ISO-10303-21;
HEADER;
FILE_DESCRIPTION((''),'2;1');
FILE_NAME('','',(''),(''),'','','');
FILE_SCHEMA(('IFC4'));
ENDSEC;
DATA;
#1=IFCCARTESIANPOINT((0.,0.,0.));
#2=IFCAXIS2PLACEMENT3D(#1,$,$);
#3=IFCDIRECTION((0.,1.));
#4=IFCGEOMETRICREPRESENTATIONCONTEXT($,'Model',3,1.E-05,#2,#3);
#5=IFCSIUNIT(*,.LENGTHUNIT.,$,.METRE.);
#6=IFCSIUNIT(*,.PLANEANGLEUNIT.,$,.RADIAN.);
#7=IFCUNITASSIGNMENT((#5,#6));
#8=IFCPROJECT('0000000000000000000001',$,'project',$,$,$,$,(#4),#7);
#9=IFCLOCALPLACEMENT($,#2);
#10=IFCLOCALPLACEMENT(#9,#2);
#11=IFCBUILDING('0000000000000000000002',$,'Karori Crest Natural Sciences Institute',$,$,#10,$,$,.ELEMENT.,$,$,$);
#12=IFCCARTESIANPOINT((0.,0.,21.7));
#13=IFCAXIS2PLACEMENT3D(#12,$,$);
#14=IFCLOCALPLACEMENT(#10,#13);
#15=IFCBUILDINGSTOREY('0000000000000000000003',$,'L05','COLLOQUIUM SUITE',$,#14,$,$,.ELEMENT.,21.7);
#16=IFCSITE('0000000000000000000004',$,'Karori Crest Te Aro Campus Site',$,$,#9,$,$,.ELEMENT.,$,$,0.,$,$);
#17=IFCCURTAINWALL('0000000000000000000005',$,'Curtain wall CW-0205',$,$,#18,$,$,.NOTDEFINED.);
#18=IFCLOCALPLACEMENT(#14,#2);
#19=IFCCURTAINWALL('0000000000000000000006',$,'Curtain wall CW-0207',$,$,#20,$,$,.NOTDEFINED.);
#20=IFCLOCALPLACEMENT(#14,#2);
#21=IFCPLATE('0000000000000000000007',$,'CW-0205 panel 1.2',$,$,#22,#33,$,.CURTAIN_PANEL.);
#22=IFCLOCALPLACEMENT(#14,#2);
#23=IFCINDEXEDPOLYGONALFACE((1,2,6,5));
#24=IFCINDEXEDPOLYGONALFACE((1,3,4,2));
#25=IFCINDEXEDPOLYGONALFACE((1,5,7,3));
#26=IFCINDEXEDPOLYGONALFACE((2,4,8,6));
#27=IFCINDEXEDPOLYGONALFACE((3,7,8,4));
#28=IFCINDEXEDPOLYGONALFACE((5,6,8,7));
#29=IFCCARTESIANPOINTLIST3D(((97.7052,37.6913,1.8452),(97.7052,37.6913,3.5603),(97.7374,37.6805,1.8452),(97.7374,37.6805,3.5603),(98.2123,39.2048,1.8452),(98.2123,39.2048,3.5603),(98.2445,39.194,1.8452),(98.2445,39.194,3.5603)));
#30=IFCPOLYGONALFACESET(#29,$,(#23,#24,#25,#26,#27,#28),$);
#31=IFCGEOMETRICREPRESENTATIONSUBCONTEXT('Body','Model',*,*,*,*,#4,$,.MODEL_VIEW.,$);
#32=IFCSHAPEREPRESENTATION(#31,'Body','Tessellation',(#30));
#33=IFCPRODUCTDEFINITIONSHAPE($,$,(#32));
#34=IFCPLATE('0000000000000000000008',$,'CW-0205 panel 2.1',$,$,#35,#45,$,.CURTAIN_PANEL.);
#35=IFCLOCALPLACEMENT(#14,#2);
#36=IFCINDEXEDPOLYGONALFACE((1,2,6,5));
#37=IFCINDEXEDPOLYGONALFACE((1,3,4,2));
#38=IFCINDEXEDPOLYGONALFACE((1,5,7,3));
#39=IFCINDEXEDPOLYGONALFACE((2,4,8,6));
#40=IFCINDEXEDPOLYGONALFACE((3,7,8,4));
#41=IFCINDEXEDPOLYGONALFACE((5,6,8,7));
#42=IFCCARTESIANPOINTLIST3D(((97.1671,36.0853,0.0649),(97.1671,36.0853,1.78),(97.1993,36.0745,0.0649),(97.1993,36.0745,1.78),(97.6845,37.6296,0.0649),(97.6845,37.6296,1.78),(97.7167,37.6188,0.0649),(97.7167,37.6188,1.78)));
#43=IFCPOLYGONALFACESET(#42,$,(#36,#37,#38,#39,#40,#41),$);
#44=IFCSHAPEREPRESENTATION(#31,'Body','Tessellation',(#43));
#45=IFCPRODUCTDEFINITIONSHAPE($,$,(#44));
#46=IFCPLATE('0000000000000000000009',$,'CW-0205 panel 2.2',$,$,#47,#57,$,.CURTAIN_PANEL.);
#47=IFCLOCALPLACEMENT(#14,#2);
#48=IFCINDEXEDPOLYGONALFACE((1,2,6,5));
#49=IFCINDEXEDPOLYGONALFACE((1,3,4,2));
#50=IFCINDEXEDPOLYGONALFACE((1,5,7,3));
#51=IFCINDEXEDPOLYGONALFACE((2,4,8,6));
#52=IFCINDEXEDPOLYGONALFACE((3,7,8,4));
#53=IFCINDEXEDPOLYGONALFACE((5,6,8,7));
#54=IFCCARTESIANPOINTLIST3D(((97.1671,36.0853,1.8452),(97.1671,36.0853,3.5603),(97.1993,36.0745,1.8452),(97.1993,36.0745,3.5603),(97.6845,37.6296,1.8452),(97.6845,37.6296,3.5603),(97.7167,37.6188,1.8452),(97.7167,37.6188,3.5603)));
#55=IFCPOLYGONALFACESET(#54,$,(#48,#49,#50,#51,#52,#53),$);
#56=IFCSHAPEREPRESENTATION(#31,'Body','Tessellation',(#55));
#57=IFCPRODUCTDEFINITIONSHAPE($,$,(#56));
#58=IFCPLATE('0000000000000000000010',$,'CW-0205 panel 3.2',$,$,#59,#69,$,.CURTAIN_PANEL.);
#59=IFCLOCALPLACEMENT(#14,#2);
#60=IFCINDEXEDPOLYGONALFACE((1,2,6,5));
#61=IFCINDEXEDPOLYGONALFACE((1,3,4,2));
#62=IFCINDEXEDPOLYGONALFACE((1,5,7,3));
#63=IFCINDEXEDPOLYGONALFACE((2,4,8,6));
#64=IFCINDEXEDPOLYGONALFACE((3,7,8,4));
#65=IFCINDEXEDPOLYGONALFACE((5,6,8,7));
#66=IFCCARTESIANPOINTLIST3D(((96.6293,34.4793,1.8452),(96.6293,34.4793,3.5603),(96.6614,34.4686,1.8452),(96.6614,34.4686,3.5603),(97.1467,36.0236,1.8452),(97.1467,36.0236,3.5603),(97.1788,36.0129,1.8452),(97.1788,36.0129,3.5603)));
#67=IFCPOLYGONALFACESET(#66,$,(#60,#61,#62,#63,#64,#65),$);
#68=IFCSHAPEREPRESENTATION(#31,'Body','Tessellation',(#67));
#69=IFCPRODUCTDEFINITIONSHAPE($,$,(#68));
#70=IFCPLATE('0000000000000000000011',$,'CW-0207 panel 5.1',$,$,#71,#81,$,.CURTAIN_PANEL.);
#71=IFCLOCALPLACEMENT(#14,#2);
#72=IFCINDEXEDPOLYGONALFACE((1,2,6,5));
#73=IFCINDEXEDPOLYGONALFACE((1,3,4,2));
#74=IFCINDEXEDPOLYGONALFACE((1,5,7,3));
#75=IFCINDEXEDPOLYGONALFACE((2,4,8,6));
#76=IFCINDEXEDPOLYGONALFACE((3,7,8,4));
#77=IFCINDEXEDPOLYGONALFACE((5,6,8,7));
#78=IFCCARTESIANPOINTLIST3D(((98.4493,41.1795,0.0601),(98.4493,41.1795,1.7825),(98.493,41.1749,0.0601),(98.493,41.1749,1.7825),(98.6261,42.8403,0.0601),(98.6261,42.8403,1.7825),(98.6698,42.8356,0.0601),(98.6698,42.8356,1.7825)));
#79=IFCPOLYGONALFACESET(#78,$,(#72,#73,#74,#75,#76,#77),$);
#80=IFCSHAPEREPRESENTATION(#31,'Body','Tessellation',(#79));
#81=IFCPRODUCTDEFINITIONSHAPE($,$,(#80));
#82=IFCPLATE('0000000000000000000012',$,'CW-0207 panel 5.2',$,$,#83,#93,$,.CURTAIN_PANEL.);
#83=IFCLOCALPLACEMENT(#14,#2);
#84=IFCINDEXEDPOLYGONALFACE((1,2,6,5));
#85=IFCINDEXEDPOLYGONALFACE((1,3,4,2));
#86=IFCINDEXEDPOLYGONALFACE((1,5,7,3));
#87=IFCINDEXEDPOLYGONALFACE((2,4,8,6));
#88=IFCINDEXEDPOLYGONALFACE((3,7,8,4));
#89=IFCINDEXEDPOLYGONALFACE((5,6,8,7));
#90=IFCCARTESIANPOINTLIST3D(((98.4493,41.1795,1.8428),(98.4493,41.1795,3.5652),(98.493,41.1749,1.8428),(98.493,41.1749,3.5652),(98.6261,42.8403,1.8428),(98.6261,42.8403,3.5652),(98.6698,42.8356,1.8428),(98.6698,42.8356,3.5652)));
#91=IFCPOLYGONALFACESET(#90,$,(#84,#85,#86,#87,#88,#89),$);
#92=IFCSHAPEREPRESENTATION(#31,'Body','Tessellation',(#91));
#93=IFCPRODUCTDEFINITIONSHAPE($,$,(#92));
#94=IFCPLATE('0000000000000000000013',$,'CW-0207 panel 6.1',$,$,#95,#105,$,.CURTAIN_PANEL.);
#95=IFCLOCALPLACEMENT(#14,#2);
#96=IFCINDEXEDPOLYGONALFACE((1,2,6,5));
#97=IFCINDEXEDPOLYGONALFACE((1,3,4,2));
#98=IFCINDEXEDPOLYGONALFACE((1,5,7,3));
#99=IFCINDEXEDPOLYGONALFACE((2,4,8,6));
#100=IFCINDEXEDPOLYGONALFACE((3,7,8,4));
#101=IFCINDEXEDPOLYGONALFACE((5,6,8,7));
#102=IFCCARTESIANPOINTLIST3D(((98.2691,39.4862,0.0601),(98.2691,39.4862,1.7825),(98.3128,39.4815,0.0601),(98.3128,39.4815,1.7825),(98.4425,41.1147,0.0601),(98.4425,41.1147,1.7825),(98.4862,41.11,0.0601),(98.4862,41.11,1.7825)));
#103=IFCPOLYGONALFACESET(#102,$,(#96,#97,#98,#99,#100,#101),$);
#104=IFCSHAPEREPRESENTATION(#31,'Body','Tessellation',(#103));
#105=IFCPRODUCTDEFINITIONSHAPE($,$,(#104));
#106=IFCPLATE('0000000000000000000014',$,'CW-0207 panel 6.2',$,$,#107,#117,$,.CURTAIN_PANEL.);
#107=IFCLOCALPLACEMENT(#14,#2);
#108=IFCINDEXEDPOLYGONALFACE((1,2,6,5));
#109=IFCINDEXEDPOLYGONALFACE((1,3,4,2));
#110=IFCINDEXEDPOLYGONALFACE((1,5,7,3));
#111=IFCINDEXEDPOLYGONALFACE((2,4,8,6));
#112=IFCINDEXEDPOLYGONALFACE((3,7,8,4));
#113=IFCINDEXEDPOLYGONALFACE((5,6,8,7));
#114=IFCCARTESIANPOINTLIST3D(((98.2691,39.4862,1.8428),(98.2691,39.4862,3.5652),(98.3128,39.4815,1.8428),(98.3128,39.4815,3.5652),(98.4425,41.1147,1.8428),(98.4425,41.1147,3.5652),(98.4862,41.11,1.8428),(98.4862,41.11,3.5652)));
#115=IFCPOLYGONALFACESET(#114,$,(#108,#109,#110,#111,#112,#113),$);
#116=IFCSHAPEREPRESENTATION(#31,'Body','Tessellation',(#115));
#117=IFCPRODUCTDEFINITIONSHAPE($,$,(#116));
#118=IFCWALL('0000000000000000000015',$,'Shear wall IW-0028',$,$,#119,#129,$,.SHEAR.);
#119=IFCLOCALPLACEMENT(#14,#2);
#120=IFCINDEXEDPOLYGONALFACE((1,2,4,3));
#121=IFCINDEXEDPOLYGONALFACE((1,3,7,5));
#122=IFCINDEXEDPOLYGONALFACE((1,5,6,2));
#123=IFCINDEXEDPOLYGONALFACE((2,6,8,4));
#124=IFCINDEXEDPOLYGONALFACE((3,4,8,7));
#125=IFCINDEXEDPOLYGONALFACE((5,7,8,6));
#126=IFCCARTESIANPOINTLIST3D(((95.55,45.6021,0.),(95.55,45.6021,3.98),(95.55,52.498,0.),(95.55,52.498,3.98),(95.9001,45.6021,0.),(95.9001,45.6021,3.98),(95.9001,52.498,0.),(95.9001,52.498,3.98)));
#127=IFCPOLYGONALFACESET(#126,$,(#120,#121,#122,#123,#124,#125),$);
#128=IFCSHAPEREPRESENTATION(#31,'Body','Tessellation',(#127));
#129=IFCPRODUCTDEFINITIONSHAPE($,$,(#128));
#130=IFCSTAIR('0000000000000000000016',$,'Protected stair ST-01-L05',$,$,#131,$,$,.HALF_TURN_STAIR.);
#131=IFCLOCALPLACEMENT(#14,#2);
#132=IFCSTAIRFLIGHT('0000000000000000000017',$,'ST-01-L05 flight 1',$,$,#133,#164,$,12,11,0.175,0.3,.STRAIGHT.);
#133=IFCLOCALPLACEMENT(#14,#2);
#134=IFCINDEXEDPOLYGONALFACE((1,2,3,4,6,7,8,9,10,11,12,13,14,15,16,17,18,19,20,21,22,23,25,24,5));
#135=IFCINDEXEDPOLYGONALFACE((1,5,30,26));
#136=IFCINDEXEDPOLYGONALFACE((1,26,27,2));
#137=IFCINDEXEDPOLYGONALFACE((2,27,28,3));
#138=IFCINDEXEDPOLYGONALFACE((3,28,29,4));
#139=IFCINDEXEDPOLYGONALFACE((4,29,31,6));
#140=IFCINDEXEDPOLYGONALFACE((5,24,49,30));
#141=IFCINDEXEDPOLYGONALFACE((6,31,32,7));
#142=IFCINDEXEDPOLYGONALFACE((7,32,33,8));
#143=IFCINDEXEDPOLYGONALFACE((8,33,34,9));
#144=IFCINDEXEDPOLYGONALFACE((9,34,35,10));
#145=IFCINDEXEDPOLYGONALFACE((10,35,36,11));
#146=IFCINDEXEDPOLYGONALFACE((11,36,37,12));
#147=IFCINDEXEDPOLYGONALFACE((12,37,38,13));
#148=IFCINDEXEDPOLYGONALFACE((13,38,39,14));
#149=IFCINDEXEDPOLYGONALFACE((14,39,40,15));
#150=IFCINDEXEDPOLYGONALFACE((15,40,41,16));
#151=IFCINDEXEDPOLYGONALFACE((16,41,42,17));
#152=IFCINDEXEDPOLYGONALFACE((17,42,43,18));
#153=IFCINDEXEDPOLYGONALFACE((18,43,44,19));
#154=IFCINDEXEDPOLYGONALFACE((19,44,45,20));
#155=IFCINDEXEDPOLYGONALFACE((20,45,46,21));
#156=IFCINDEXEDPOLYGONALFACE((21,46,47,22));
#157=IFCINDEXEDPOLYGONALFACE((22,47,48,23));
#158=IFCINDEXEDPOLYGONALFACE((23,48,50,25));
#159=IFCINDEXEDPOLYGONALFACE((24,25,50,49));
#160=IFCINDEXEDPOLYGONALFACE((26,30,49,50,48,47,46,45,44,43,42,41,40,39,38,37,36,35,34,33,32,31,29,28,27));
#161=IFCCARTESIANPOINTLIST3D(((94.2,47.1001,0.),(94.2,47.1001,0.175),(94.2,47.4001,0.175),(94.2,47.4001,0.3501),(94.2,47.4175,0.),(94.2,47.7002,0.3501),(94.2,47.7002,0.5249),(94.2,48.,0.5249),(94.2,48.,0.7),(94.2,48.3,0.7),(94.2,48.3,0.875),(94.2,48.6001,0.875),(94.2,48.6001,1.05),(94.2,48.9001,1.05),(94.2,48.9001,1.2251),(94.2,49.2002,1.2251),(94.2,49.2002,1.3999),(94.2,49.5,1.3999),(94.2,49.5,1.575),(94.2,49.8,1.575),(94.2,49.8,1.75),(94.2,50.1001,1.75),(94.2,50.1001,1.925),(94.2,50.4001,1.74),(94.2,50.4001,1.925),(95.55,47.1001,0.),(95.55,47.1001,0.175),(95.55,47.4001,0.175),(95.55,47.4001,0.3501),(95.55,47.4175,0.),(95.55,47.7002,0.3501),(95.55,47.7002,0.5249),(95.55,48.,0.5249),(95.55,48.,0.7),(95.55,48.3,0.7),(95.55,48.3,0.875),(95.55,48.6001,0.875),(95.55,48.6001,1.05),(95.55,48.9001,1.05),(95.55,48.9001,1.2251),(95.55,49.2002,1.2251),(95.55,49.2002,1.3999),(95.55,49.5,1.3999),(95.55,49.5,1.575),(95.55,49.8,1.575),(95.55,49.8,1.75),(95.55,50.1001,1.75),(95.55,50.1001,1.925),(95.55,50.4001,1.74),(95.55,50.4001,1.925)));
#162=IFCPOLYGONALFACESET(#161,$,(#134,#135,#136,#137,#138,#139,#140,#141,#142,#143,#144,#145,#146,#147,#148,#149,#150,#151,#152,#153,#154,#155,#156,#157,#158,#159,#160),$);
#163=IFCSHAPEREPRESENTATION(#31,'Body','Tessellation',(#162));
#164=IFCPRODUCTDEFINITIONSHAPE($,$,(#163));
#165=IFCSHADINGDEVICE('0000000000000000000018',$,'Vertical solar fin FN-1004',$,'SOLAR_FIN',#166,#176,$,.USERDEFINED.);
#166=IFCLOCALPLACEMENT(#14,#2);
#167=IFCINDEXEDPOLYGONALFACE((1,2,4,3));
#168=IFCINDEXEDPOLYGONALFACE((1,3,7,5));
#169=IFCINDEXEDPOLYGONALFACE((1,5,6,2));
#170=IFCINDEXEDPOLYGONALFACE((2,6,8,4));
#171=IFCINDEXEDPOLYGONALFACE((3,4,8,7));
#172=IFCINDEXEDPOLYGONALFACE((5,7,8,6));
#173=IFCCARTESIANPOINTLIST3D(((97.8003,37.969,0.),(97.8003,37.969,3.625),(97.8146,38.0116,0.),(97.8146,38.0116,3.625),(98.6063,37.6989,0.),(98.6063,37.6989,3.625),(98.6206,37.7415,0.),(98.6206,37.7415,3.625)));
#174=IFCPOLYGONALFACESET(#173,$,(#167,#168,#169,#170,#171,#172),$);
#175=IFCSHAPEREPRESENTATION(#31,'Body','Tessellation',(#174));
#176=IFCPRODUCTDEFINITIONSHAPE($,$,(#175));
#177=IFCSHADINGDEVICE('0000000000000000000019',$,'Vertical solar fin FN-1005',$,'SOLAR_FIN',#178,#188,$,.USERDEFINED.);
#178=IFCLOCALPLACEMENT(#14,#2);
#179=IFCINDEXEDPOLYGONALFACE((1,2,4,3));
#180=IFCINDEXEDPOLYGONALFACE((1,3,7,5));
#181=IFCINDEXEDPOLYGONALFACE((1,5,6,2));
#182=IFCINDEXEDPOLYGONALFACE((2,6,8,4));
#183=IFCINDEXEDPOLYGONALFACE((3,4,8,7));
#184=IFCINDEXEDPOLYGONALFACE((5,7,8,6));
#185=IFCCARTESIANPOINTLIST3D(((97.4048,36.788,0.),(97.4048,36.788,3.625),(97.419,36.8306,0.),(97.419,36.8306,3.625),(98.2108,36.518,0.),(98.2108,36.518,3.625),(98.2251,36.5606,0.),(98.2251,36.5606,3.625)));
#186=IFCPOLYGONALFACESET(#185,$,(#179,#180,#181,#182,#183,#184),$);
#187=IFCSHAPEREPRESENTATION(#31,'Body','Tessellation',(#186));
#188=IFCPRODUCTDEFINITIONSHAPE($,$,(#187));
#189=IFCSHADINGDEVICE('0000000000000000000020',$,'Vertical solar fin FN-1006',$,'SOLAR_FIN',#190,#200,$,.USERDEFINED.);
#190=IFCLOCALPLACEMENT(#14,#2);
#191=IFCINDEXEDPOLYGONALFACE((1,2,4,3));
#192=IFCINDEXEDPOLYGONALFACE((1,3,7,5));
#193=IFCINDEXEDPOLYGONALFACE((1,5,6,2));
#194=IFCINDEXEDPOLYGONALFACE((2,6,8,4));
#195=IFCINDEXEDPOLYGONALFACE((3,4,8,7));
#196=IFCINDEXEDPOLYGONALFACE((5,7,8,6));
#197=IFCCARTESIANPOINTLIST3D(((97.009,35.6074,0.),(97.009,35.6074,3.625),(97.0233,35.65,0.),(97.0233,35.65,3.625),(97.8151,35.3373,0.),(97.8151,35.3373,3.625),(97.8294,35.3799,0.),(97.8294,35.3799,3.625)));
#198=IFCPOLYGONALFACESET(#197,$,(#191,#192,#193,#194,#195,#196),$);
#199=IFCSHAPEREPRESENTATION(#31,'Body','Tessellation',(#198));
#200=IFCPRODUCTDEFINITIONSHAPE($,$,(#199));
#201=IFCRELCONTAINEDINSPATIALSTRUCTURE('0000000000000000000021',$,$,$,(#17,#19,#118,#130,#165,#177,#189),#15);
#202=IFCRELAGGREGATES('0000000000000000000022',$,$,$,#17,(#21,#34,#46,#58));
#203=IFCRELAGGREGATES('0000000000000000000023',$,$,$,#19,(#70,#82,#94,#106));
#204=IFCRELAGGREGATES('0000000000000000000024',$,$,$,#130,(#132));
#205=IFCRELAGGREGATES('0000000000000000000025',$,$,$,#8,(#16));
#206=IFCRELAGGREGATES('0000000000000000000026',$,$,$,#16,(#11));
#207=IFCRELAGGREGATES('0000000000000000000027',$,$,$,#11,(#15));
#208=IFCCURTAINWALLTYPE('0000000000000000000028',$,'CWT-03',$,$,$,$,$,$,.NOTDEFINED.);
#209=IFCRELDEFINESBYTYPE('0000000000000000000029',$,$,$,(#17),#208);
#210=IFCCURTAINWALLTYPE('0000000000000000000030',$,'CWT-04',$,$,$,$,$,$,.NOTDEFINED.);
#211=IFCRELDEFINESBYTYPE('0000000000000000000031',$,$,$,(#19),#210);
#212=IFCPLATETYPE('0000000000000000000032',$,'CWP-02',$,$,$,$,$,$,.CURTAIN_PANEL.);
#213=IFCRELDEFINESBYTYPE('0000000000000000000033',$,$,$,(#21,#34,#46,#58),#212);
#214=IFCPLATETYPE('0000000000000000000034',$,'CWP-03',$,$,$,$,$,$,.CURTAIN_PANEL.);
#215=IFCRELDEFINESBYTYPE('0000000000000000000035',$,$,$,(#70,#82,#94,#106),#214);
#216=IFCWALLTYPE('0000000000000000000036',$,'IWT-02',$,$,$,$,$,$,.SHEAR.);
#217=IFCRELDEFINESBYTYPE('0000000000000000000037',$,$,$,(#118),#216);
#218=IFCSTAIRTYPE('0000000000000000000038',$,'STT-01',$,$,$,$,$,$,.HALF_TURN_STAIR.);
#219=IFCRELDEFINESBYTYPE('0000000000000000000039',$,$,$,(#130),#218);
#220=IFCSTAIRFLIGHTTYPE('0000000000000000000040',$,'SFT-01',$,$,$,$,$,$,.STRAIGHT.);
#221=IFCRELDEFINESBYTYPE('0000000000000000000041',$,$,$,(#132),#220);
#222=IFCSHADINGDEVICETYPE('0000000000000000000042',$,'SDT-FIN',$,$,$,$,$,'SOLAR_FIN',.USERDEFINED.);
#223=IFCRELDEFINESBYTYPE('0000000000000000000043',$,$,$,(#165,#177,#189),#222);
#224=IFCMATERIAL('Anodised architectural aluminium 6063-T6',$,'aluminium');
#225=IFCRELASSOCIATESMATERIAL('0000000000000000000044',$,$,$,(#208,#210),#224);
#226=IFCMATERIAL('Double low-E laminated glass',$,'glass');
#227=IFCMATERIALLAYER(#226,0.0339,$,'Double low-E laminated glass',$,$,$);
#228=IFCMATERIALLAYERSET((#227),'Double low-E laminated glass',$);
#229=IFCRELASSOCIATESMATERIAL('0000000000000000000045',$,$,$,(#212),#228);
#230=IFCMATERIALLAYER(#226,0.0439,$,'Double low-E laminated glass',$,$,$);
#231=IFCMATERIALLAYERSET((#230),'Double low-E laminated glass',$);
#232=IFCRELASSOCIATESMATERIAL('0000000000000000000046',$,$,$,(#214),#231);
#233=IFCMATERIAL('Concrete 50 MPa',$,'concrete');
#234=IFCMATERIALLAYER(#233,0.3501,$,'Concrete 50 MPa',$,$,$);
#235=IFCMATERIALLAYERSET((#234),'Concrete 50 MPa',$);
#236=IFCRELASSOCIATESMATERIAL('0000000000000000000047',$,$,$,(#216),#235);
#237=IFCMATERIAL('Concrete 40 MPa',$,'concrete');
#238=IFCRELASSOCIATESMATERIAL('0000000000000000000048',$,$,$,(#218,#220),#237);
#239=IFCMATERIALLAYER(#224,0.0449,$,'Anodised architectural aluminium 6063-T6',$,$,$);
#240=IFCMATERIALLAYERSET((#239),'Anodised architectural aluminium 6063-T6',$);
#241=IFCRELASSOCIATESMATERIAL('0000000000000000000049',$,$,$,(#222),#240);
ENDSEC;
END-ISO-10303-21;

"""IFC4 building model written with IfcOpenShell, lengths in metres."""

from ifc_helpers import new_model, si_unit, direction, frame, frame_2d, origin, origin_2d, place, context, subcontext, project, spatial, polyline, rectangle, outline, extrude, material, layer, layer_set, type_object, element, aggregate, save


model = new_model("IFC4")

# Units and contexts
model_context = context("Model", 3, precision=1e-05, world=origin(), true_north=direction((0.0, 1.0)))
body_context = subcontext(model_context, "Body", "Model", "MODEL_VIEW")
ifc_project = project(units=[si_unit("LENGTHUNIT", "METRE"), si_unit("PLANEANGLEUNIT", "RADIAN")], contexts=[model_context])

# Site, building, storey
site_placement = place(None, origin())
site = spatial("IfcSite", under=ifc_project, at=site_placement, Name="Karori Crest Te Aro Campus Site", CompositionType="ELEMENT", RefElevation=0.0)
building_placement = place(site_placement, origin())
building = spatial("IfcBuilding", under=site, at=building_placement, Name="Karori Crest Natural Sciences Institute", CompositionType="ELEMENT")
storey_placement = place(building_placement, frame((0.0, 0.0, 21.7)))
storey = spatial("IfcBuildingStorey", under=building, at=storey_placement, Name="L05", Description="COLLOQUIUM SUITE", CompositionType="ELEMENT", Elevation=21.7)

# Curtain walls
ifc_material_1 = material(Name="Anodised architectural aluminium 6063-T6", Category="aluminium")
curtain_wall_type_1 = type_object("IfcCurtainWallType", Name="CWT-03", PredefinedType="NOTDEFINED", material=ifc_material_1)
curtain_wall_1_placement = place(storey_placement, origin())
curtain_wall_1 = element("IfcCurtainWall", 1, at=curtain_wall_1_placement, inside=storey, type_object=curtain_wall_type_1, Name="Curtain wall CW-0205", PredefinedType="NOTDEFINED")
curtain_wall_type_2 = type_object("IfcCurtainWallType", Name="CWT-04", PredefinedType="NOTDEFINED", material=ifc_material_1)
curtain_wall_2_placement = place(storey_placement, origin())
curtain_wall_2 = element("IfcCurtainWall", 2, at=curtain_wall_2_placement, inside=storey, type_object=curtain_wall_type_2, Name="Curtain wall CW-0207", PredefinedType="NOTDEFINED")

# Plates
ifc_material_2 = material(Name="Double low-E laminated glass", Category="glass")
ifc_layer_1 = layer(ifc_material_2, 0.0339, Name="Double low-E laminated glass")
ifc_layer_set_1 = layer_set([ifc_layer_1], Name="Double low-E laminated glass")
plate_type_1 = type_object("IfcPlateType", Name="CWP-02", PredefinedType="CURTAIN_PANEL", material=ifc_layer_set_1)
plate_1_placement = place(storey_placement, frame((97.9749, 38.4426, 1.8452), z_axis=(0.0, 0.0, 1.0), x_axis=(-0.31768, -0.948198, 0.0)))
plate_1 = element("IfcPlate", 3, at=plate_1_placement, type_object=plate_type_1, Name="CW-0205 panel 1.2", PredefinedType="CURTAIN_PANEL", context=body_context, shape_type="SweptSolid", body=[
    extrude(rectangle(XDim=1.5962, YDim=0.0339, at=origin_2d()), origin(), (0.0, 0.0, 1.0), 1.7151),
])
plate_2_placement = place(storey_placement, frame((97.4419, 36.8521, 0.0649), z_axis=(0.0, 0.0, 1.0), x_axis=(-0.31768, -0.948198, 0.0)))
plate_2 = element("IfcPlate", 4, at=plate_2_placement, type_object=plate_type_1, Name="CW-0205 panel 2.1", PredefinedType="CURTAIN_PANEL", context=body_context, shape_type="SweptSolid", body=[
    extrude(rectangle(XDim=1.6287, YDim=0.0339, at=origin_2d()), origin(), (0.0, 0.0, 1.0), 1.7151),
])
plate_3_placement = place(storey_placement, frame((97.4419, 36.8521, 1.8452), z_axis=(0.0, 0.0, 1.0), x_axis=(-0.31768, -0.948198, 0.0)))
plate_3 = element("IfcPlate", 5, at=plate_3_placement, type_object=plate_type_1, Name="CW-0205 panel 2.2", PredefinedType="CURTAIN_PANEL", context=body_context, shape_type="SweptSolid", body=[
    extrude(rectangle(XDim=1.6287, YDim=0.0339, at=origin_2d()), origin(), (0.0, 0.0, 1.0), 1.7151),
])
plate_4_placement = place(storey_placement, frame((96.9041, 35.2461, 1.8452), z_axis=(0.0, 0.0, 1.0), x_axis=(-0.31768, -0.948198, 0.0)))
plate_4 = element("IfcPlate", 6, at=plate_4_placement, type_object=plate_type_1, Name="CW-0205 panel 3.2", PredefinedType="CURTAIN_PANEL", context=body_context, shape_type="SweptSolid", body=[
    extrude(rectangle(XDim=1.6287, YDim=0.0339, at=origin_2d()), origin(), (0.0, 0.0, 1.0), 1.7151),
])
aggregate(curtain_wall_1, [plate_1, plate_2, plate_3, plate_4])
ifc_layer_2 = layer(ifc_material_2, 0.0439, Name="Double low-E laminated glass")
ifc_layer_set_2 = layer_set([ifc_layer_2], Name="Double low-E laminated glass")
plate_type_2 = type_object("IfcPlateType", Name="CWP-03", PredefinedType="CURTAIN_PANEL", material=ifc_layer_set_2)
plate_5_placement = place(storey_placement, frame((98.5596, 42.0076, 0.0601), z_axis=(0.0, 0.0, 1.0), x_axis=(-0.105886, -0.994378, 0.0)))
plate_5 = element("IfcPlate", 7, at=plate_5_placement, type_object=plate_type_2, Name="CW-0207 panel 5.1", PredefinedType="CURTAIN_PANEL", context=body_context, shape_type="SweptSolid", body=[
    extrude(rectangle(XDim=1.6702, YDim=0.0439, at=origin_2d()), origin(), (0.0, 0.0, 1.0), 1.7224),
])
plate_6_placement = place(storey_placement, frame((98.5596, 42.0076, 1.8428), z_axis=(0.0, 0.0, 1.0), x_axis=(-0.105886, -0.994378, 0.0)))
plate_6 = element("IfcPlate", 8, at=plate_6_placement, type_object=plate_type_2, Name="CW-0207 panel 5.2", PredefinedType="CURTAIN_PANEL", context=body_context, shape_type="SweptSolid", body=[
    extrude(rectangle(XDim=1.6702, YDim=0.0439, at=origin_2d()), origin(), (0.0, 0.0, 1.0), 1.7224),
])
plate_7_placement = place(storey_placement, frame((98.3777, 40.2981, 0.0601), z_axis=(0.0, 0.0, 1.0), x_axis=(-0.105886, -0.994378, 0.0)))
plate_7 = element("IfcPlate", 9, at=plate_7_placement, type_object=plate_type_2, Name="CW-0207 panel 6.1", PredefinedType="CURTAIN_PANEL", context=body_context, shape_type="SweptSolid", body=[
    extrude(rectangle(XDim=1.6377, YDim=0.0439, at=origin_2d()), origin(), (0.0, 0.0, 1.0), 1.7224),
])
plate_8_placement = place(storey_placement, frame((98.3777, 40.2981, 1.8428), z_axis=(0.0, 0.0, 1.0), x_axis=(-0.105886, -0.994378, 0.0)))
plate_8 = element("IfcPlate", 10, at=plate_8_placement, type_object=plate_type_2, Name="CW-0207 panel 6.2", PredefinedType="CURTAIN_PANEL", context=body_context, shape_type="SweptSolid", body=[
    extrude(rectangle(XDim=1.6377, YDim=0.0439, at=origin_2d()), origin(), (0.0, 0.0, 1.0), 1.7224),
])
aggregate(curtain_wall_2, [plate_5, plate_6, plate_7, plate_8])

# Wall
ifc_material_3 = material(Name="Concrete 50 MPa", Category="concrete")
ifc_layer_3 = layer(ifc_material_3, 0.3501, Name="Concrete 50 MPa")
ifc_layer_set_3 = layer_set([ifc_layer_3], Name="Concrete 50 MPa")
wall_type = type_object("IfcWallType", Name="IWT-02", PredefinedType="SHEAR", material=ifc_layer_set_3)
wall_placement = place(storey_placement, frame((95.7251, 45.6021, 0.0), z_axis=(0.0, 0.0, 1.0), x_axis=(0.0, 1.0, 0.0)))
element("IfcWall", 11, at=wall_placement, inside=storey, type_object=wall_type, Name="Shear wall IW-0028", PredefinedType="SHEAR", context=body_context, shape_type="SweptSolid", body=[
    extrude(rectangle(XDim=6.896, YDim=0.3501, at=frame_2d((3.448, 0.0))), origin(), (0.0, 0.0, 1.0), 3.98),
])

# Stair, stair flight
ifc_material_4 = material(Name="Concrete 40 MPa", Category="concrete")
stair_type = type_object("IfcStairType", Name="STT-01", PredefinedType="HALF_TURN_STAIR", material=ifc_material_4)
stair_placement = place(storey_placement, origin())
stair = element("IfcStair", 12, at=stair_placement, inside=storey, type_object=stair_type, Name="Protected stair ST-01-L05", PredefinedType="HALF_TURN_STAIR")
stair_flight_type = type_object("IfcStairFlightType", Name="SFT-01", PredefinedType="STRAIGHT", material=ifc_material_4)
stair_flight_placement = place(storey_placement, frame((94.875, 47.1001, 0.0), z_axis=(0.0, 0.0, 1.0), x_axis=(0.0, 1.0, 0.0)))
stair_flight = element("IfcStairFlight", 13, at=stair_flight_placement, type_object=stair_flight_type, Name="ST-01-L05 flight 1", NumberOfRisers=12, NumberOfTreads=11, PredefinedType="STRAIGHT", RiserHeight=0.175, TreadLength=0.3, context=body_context, shape_type="SweptSolid", body=[
    extrude(outline(polyline([(0.0, 0.0), (0.0, 0.175), (0.3, 0.175), (0.3, 0.3501), (0.6001, 0.3501), (0.6001, 0.5249), (0.8999, 0.5249), (0.8999, 0.7), (1.2, 0.7), (1.2, 0.875), (1.5, 0.875), (1.5, 1.05), (1.8, 1.05), (1.8, 1.2251), (2.1001, 1.2251), (2.1001, 1.3999), (2.3999, 1.3999), (2.3999, 1.575), (2.7, 1.575), (2.7, 1.75), (3.0, 1.75), (3.0, 1.925), (3.3, 1.925), (3.3, 2.1001), (3.3, 1.74), (0.3174, 0.0), (0.0, 0.0)])), frame((0.0, 0.675, 0.0), z_axis=(0.0, -1.0, 0.0), x_axis=(1.0, 0.0, 0.0)), (0.0, 0.0, 1.0), 1.3501),
])
aggregate(stair, [stair_flight])

# Shading devices
ifc_layer_4 = layer(ifc_material_1, 0.0449, Name="Anodised architectural aluminium 6063-T6")
ifc_layer_set_4 = layer_set([ifc_layer_4], Name="Anodised architectural aluminium 6063-T6")
shading_device_type = type_object("IfcShadingDeviceType", Name="SDT-FIN", ElementType="SOLAR_FIN", PredefinedType="USERDEFINED", material=ifc_layer_set_4)
for number, where, z_axis, x_axis, name in (
    (14, (98.2104, 37.8552, 0.0), (0.0, 0.0, 1.0), (0.948198, -0.31768, 0.0), "Vertical solar fin FN-1004"),
    (15, (97.8149, 36.6743, 0.0), (0.0, 0.0, 1.0), (0.948198, -0.31768, 0.0), "Vertical solar fin FN-1005"),
    (16, (97.4192, 35.4937, 0.0), (0.0, 0.0, 1.0), (0.948198, -0.31768, 0.0), "Vertical solar fin FN-1006"),
):
    element("IfcShadingDevice", number, at=place(storey_placement, frame(where, z_axis=z_axis, x_axis=x_axis)), inside=storey, type_object=shading_device_type, Name=name, ObjectType="SOLAR_FIN", PredefinedType="USERDEFINED", context=body_context, shape_type="SweptSolid", body=[
        extrude(rectangle(XDim=0.8501, YDim=0.0449, at=origin_2d()), origin(), (0.0, 0.0, 1.0), 3.625),
    ])

save(model, "model.ifc")
